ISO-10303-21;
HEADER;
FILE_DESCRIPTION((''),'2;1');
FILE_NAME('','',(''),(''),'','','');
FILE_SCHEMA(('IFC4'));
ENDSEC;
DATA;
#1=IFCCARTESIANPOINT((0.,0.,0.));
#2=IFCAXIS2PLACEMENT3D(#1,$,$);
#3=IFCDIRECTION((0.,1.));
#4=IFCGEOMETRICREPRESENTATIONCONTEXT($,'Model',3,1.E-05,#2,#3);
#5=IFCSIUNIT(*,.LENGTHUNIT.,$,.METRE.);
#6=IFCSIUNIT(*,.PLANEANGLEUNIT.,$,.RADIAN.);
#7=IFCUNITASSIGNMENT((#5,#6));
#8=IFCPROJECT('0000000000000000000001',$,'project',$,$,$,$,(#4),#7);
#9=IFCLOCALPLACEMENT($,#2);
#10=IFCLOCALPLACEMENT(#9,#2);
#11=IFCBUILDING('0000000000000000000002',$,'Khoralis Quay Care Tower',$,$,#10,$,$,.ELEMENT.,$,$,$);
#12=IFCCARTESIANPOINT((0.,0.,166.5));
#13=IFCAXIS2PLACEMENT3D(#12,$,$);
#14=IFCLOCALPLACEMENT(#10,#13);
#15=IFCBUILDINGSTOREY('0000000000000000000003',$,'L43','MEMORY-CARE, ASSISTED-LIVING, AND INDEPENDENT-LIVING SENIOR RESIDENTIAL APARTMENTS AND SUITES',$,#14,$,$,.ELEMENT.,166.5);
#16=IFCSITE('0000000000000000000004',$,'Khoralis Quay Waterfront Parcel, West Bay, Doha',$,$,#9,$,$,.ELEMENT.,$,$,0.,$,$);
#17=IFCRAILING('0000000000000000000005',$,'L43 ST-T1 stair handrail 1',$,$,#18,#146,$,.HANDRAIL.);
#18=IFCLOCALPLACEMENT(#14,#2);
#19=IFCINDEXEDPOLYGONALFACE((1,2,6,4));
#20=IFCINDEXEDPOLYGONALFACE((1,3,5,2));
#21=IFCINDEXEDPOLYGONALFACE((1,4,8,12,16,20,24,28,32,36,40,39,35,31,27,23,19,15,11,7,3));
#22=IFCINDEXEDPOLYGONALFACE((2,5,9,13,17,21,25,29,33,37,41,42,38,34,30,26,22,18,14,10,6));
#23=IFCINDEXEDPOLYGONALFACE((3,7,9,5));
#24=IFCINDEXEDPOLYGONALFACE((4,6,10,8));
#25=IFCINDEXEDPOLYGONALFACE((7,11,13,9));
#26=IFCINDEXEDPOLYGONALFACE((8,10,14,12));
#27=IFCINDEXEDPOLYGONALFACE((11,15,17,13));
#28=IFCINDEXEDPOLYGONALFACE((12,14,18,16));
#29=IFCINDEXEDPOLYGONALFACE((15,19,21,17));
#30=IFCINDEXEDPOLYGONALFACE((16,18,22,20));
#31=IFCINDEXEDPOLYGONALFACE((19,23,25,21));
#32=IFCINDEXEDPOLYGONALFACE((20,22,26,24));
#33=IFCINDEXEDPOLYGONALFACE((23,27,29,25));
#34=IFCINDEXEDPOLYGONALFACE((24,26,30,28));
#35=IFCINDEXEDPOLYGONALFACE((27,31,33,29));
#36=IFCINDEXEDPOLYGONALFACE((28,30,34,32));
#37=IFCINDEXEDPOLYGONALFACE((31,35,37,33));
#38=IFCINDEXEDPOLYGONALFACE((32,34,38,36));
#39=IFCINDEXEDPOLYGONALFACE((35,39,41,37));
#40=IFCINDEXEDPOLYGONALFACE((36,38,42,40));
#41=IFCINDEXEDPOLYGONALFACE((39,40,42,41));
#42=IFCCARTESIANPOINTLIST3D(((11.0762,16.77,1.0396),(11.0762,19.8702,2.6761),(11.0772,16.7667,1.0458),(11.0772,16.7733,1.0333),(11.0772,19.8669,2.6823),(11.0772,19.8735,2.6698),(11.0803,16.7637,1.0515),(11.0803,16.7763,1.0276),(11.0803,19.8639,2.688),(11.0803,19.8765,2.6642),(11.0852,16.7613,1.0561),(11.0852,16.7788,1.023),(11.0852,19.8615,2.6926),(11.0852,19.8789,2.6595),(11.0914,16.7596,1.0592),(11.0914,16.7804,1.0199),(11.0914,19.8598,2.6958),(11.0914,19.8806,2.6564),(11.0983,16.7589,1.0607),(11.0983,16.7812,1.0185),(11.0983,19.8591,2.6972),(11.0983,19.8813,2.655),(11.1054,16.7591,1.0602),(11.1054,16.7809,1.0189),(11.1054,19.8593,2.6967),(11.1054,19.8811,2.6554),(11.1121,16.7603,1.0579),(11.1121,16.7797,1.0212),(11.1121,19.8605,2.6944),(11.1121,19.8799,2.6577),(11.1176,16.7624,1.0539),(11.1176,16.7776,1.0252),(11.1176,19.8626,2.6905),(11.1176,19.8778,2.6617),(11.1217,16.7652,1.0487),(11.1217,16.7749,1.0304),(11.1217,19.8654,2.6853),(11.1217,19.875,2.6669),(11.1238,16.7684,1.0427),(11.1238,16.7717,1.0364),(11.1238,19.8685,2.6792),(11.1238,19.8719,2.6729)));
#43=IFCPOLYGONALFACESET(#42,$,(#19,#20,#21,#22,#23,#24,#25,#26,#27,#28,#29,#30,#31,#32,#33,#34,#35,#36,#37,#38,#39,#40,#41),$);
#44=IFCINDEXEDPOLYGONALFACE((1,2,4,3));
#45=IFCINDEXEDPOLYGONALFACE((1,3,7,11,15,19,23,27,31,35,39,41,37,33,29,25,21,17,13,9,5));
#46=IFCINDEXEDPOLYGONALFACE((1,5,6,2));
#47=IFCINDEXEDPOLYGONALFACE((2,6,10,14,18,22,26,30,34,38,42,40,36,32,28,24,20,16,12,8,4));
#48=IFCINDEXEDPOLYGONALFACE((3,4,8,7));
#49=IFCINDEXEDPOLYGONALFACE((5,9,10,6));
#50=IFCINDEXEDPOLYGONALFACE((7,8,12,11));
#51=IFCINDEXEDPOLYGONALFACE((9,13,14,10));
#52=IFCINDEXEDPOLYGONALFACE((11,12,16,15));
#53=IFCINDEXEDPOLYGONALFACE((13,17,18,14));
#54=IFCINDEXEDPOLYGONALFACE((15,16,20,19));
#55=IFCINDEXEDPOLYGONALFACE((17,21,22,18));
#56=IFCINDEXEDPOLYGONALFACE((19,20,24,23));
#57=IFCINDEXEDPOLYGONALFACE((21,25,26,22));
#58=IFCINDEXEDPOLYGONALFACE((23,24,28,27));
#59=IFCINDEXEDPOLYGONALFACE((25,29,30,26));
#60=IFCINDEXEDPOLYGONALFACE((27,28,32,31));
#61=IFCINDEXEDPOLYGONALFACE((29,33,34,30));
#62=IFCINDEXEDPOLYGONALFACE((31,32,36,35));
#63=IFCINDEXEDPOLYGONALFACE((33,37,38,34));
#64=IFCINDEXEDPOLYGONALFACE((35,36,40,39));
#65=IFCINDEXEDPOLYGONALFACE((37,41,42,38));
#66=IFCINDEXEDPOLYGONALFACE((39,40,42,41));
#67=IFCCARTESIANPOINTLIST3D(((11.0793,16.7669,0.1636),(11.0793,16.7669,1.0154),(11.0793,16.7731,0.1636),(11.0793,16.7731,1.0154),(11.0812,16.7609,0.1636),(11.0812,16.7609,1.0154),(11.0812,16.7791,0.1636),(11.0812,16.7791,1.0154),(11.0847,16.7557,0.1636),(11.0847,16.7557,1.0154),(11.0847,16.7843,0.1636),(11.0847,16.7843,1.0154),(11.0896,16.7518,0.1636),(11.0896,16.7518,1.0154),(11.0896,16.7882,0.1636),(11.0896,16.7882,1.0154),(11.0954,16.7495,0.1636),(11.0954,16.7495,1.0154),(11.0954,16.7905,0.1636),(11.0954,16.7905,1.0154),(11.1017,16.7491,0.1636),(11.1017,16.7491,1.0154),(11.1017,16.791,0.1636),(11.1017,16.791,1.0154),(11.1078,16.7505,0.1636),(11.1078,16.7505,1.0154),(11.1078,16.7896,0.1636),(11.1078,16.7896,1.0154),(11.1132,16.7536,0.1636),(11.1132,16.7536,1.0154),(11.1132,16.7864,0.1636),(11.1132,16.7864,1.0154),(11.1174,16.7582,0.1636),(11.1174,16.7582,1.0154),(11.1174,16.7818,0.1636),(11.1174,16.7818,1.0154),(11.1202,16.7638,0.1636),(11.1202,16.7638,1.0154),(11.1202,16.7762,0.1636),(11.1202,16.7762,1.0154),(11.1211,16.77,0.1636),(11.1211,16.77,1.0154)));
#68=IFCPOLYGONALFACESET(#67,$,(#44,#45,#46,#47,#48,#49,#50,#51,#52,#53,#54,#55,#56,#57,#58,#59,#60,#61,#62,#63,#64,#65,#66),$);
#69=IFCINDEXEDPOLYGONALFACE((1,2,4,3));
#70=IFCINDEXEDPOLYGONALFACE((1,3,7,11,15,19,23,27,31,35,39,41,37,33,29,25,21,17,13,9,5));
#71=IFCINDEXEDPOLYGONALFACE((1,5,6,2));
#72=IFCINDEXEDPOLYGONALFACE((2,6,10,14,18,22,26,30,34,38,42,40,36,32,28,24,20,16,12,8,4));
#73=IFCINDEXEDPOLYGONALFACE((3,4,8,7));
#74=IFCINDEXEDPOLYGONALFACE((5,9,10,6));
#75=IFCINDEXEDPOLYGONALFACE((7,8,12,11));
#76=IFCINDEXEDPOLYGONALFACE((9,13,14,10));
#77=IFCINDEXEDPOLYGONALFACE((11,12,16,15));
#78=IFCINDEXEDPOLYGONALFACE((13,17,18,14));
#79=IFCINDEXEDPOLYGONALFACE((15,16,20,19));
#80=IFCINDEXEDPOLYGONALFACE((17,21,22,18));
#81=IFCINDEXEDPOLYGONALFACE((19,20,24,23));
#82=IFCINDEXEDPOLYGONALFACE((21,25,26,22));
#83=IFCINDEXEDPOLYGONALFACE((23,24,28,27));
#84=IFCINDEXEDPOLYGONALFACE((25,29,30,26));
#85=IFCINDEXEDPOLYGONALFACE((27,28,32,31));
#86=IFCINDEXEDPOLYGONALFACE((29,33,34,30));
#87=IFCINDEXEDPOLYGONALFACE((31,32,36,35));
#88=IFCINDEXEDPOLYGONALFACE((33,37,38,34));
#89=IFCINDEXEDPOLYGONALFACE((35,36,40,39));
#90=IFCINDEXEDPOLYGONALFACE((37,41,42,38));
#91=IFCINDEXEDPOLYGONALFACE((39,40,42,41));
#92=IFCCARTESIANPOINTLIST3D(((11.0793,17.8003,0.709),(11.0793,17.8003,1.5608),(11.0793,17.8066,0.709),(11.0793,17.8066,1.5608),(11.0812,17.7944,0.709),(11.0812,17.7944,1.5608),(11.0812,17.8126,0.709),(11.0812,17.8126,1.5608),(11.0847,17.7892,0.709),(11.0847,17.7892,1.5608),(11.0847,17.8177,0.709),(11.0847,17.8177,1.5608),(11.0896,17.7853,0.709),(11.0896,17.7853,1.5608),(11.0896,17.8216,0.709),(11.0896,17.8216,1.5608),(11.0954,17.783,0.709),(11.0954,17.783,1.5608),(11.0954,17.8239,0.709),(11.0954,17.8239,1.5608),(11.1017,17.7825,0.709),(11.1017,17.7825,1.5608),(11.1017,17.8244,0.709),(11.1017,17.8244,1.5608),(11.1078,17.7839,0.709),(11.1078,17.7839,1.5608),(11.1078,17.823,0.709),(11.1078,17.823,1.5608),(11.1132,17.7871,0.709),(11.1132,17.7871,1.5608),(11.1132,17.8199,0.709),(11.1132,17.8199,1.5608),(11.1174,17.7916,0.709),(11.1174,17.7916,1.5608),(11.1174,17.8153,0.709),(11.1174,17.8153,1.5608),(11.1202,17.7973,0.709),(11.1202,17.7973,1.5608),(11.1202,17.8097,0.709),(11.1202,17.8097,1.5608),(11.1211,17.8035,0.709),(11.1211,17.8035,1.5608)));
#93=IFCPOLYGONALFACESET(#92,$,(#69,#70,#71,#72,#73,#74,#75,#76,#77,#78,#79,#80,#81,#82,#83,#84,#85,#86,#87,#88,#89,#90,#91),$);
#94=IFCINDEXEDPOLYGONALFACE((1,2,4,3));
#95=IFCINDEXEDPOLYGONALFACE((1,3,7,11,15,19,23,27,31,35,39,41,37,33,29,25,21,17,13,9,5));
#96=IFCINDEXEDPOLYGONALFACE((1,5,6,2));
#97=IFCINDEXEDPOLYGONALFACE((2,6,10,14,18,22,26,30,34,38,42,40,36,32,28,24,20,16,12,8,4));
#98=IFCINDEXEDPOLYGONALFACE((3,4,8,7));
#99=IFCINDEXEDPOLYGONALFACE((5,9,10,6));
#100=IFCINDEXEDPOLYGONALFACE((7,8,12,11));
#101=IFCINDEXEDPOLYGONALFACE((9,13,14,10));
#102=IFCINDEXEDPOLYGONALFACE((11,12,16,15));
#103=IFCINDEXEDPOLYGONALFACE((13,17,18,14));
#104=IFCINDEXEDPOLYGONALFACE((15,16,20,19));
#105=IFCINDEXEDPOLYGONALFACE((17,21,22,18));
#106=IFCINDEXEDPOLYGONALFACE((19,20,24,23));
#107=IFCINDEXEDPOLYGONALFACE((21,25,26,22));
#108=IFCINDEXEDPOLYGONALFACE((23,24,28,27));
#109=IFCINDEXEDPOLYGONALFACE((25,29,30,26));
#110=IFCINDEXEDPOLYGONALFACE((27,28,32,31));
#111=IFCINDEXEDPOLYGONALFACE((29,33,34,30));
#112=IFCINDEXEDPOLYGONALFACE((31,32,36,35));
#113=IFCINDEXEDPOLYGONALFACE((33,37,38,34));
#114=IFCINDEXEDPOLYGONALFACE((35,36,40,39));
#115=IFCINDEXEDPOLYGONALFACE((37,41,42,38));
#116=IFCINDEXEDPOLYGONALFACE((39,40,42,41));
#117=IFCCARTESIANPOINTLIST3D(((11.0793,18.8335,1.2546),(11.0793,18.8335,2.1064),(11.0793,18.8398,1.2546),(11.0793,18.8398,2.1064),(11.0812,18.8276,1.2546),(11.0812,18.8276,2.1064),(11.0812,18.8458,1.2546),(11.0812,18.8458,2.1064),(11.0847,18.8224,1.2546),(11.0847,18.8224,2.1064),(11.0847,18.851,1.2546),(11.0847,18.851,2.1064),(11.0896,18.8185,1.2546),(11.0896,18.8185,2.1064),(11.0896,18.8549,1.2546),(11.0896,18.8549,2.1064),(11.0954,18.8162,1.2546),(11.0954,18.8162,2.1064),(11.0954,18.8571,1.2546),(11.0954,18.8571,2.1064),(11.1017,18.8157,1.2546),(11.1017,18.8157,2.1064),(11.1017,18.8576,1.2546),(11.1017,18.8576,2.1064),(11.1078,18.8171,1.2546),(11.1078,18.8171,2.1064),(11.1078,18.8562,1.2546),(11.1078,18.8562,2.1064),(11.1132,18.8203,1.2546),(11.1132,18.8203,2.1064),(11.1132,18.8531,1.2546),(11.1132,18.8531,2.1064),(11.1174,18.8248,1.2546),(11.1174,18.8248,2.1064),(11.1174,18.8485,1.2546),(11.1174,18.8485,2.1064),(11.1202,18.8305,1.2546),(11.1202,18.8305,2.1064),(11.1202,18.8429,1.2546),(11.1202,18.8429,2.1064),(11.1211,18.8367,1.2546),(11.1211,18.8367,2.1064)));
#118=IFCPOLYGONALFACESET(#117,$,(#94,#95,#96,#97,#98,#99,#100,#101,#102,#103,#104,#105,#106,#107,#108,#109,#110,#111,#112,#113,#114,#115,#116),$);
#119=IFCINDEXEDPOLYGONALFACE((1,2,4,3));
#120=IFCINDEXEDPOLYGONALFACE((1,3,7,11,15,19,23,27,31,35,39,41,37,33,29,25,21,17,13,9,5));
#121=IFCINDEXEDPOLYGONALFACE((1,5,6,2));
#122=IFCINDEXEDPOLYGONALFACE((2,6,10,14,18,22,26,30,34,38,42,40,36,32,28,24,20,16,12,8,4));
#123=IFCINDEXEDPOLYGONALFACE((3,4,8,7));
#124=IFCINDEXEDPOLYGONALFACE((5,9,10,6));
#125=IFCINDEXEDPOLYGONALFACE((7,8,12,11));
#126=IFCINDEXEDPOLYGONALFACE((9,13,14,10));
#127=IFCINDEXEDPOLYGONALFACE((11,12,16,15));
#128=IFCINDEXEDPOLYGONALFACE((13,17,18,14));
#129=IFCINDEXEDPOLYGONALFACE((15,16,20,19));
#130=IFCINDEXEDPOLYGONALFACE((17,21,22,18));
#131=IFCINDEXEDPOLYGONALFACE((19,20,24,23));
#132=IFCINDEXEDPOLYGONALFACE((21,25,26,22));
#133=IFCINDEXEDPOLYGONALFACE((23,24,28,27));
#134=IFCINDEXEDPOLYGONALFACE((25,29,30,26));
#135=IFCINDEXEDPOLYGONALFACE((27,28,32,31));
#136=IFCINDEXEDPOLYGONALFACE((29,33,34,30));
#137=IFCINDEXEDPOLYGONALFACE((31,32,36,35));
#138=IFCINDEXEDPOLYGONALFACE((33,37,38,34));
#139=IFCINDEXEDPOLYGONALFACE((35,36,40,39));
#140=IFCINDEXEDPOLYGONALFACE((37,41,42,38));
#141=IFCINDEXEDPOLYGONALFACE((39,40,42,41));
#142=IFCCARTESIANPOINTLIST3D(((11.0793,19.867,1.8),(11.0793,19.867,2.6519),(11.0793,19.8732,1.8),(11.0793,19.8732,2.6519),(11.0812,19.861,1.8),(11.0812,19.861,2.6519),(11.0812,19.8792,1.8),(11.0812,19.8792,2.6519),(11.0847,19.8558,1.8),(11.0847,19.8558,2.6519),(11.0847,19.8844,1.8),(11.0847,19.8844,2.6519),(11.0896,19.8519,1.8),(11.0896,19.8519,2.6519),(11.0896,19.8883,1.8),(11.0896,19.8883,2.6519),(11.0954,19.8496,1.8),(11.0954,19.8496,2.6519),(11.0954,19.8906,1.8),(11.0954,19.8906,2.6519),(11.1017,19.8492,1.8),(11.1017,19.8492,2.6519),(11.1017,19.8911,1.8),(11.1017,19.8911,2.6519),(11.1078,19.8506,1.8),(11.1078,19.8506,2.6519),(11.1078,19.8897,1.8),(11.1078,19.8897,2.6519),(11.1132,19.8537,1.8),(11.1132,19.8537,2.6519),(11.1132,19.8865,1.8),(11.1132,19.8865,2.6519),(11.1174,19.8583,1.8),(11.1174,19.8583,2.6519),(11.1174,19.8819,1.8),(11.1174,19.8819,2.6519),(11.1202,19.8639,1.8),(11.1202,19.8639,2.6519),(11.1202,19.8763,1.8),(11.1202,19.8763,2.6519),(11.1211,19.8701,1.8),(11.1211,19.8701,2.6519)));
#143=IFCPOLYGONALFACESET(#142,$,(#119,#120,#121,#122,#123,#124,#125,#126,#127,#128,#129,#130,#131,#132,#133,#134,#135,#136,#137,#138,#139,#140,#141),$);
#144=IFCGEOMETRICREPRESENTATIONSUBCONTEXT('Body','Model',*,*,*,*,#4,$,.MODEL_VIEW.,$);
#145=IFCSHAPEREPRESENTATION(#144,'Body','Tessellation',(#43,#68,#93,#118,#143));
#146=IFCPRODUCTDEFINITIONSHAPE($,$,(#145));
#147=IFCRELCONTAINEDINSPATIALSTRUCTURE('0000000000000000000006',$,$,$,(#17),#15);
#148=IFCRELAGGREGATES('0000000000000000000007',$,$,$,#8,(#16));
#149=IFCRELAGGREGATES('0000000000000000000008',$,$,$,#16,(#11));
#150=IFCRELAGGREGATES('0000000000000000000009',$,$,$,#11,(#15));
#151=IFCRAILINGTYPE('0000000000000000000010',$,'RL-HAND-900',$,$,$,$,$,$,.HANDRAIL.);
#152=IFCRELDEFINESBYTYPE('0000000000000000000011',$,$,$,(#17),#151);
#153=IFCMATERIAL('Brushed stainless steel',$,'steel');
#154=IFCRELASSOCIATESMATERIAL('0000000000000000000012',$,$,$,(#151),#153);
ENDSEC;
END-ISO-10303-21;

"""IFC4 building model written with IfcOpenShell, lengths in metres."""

from ifc_helpers import new_model, si_unit, direction, frame, origin, origin_2d, place, context, subcontext, project, spatial, circle, extrude, material, type_object, element, save


model = new_model("IFC4")

# Units and contexts
model_context = context("Model", 3, precision=1e-05, world=origin(), true_north=direction((0.0, 1.0)))
body_context = subcontext(model_context, "Body", "Model", "MODEL_VIEW")
ifc_project = project(units=[si_unit("LENGTHUNIT", "METRE"), si_unit("PLANEANGLEUNIT", "RADIAN")], contexts=[model_context])

# Site, building, storey
site_placement = place(None, origin())
site = spatial("IfcSite", under=ifc_project, at=site_placement, Name="Khoralis Quay Waterfront Parcel, West Bay, Doha", CompositionType="ELEMENT", RefElevation=0.0)
building_placement = place(site_placement, origin())
building = spatial("IfcBuilding", under=site, at=building_placement, Name="Khoralis Quay Care Tower", CompositionType="ELEMENT")
storey_placement = place(building_placement, frame((0.0, 0.0, 166.5)))
storey = spatial("IfcBuildingStorey", under=building, at=storey_placement, Name="L43", Description="MEMORY-CARE, ASSISTED-LIVING, AND INDEPENDENT-LIVING SENIOR RESIDENTIAL APARTMENTS AND SUITES", CompositionType="ELEMENT", Elevation=166.5)

# Railing
ifc_material_1 = material(Name="Brushed stainless steel", Category="steel")
railing_type_1 = type_object("IfcRailingType", Name="RL-HAND-900", PredefinedType="HANDRAIL", material=ifc_material_1)
railing_1_placement = place(storey_placement, frame((11.1001, 16.77, 0.1636)))
element("IfcRailing", 1, at=railing_1_placement, inside=storey, type_object=railing_type_1, Name="L43 ST-T1 stair handrail 1", PredefinedType="HANDRAIL", context=body_context, shape_type="SweptSolid", body=[
    extrude(circle(Radius=0.0239, at=origin_2d()), frame((0.0, 0.0, 0.876), z_axis=(0.0, 0.884348, 0.466828), x_axis=(-1.0, 0.0, 0.0)), (0.0, 0.0, 1.0), 3.5056),
    extrude(circle(Radius=0.021, at=origin_2d()), origin(), (0.0, 0.0, 1.0), 0.8518),
    extrude(circle(Radius=0.021, at=origin_2d()), frame((0.0, 1.0334, 0.5454)), (0.0, 0.0, 1.0), 0.8518),
    extrude(circle(Radius=0.021, at=origin_2d()), frame((0.0, 2.0667, 1.0911)), (0.0, 0.0, 1.0), 0.8518),
    extrude(circle(Radius=0.021, at=origin_2d()), frame((0.0, 3.1001, 1.6365)), (0.0, 0.0, 1.0), 0.8518),
])

save(model, "model.ifc")
